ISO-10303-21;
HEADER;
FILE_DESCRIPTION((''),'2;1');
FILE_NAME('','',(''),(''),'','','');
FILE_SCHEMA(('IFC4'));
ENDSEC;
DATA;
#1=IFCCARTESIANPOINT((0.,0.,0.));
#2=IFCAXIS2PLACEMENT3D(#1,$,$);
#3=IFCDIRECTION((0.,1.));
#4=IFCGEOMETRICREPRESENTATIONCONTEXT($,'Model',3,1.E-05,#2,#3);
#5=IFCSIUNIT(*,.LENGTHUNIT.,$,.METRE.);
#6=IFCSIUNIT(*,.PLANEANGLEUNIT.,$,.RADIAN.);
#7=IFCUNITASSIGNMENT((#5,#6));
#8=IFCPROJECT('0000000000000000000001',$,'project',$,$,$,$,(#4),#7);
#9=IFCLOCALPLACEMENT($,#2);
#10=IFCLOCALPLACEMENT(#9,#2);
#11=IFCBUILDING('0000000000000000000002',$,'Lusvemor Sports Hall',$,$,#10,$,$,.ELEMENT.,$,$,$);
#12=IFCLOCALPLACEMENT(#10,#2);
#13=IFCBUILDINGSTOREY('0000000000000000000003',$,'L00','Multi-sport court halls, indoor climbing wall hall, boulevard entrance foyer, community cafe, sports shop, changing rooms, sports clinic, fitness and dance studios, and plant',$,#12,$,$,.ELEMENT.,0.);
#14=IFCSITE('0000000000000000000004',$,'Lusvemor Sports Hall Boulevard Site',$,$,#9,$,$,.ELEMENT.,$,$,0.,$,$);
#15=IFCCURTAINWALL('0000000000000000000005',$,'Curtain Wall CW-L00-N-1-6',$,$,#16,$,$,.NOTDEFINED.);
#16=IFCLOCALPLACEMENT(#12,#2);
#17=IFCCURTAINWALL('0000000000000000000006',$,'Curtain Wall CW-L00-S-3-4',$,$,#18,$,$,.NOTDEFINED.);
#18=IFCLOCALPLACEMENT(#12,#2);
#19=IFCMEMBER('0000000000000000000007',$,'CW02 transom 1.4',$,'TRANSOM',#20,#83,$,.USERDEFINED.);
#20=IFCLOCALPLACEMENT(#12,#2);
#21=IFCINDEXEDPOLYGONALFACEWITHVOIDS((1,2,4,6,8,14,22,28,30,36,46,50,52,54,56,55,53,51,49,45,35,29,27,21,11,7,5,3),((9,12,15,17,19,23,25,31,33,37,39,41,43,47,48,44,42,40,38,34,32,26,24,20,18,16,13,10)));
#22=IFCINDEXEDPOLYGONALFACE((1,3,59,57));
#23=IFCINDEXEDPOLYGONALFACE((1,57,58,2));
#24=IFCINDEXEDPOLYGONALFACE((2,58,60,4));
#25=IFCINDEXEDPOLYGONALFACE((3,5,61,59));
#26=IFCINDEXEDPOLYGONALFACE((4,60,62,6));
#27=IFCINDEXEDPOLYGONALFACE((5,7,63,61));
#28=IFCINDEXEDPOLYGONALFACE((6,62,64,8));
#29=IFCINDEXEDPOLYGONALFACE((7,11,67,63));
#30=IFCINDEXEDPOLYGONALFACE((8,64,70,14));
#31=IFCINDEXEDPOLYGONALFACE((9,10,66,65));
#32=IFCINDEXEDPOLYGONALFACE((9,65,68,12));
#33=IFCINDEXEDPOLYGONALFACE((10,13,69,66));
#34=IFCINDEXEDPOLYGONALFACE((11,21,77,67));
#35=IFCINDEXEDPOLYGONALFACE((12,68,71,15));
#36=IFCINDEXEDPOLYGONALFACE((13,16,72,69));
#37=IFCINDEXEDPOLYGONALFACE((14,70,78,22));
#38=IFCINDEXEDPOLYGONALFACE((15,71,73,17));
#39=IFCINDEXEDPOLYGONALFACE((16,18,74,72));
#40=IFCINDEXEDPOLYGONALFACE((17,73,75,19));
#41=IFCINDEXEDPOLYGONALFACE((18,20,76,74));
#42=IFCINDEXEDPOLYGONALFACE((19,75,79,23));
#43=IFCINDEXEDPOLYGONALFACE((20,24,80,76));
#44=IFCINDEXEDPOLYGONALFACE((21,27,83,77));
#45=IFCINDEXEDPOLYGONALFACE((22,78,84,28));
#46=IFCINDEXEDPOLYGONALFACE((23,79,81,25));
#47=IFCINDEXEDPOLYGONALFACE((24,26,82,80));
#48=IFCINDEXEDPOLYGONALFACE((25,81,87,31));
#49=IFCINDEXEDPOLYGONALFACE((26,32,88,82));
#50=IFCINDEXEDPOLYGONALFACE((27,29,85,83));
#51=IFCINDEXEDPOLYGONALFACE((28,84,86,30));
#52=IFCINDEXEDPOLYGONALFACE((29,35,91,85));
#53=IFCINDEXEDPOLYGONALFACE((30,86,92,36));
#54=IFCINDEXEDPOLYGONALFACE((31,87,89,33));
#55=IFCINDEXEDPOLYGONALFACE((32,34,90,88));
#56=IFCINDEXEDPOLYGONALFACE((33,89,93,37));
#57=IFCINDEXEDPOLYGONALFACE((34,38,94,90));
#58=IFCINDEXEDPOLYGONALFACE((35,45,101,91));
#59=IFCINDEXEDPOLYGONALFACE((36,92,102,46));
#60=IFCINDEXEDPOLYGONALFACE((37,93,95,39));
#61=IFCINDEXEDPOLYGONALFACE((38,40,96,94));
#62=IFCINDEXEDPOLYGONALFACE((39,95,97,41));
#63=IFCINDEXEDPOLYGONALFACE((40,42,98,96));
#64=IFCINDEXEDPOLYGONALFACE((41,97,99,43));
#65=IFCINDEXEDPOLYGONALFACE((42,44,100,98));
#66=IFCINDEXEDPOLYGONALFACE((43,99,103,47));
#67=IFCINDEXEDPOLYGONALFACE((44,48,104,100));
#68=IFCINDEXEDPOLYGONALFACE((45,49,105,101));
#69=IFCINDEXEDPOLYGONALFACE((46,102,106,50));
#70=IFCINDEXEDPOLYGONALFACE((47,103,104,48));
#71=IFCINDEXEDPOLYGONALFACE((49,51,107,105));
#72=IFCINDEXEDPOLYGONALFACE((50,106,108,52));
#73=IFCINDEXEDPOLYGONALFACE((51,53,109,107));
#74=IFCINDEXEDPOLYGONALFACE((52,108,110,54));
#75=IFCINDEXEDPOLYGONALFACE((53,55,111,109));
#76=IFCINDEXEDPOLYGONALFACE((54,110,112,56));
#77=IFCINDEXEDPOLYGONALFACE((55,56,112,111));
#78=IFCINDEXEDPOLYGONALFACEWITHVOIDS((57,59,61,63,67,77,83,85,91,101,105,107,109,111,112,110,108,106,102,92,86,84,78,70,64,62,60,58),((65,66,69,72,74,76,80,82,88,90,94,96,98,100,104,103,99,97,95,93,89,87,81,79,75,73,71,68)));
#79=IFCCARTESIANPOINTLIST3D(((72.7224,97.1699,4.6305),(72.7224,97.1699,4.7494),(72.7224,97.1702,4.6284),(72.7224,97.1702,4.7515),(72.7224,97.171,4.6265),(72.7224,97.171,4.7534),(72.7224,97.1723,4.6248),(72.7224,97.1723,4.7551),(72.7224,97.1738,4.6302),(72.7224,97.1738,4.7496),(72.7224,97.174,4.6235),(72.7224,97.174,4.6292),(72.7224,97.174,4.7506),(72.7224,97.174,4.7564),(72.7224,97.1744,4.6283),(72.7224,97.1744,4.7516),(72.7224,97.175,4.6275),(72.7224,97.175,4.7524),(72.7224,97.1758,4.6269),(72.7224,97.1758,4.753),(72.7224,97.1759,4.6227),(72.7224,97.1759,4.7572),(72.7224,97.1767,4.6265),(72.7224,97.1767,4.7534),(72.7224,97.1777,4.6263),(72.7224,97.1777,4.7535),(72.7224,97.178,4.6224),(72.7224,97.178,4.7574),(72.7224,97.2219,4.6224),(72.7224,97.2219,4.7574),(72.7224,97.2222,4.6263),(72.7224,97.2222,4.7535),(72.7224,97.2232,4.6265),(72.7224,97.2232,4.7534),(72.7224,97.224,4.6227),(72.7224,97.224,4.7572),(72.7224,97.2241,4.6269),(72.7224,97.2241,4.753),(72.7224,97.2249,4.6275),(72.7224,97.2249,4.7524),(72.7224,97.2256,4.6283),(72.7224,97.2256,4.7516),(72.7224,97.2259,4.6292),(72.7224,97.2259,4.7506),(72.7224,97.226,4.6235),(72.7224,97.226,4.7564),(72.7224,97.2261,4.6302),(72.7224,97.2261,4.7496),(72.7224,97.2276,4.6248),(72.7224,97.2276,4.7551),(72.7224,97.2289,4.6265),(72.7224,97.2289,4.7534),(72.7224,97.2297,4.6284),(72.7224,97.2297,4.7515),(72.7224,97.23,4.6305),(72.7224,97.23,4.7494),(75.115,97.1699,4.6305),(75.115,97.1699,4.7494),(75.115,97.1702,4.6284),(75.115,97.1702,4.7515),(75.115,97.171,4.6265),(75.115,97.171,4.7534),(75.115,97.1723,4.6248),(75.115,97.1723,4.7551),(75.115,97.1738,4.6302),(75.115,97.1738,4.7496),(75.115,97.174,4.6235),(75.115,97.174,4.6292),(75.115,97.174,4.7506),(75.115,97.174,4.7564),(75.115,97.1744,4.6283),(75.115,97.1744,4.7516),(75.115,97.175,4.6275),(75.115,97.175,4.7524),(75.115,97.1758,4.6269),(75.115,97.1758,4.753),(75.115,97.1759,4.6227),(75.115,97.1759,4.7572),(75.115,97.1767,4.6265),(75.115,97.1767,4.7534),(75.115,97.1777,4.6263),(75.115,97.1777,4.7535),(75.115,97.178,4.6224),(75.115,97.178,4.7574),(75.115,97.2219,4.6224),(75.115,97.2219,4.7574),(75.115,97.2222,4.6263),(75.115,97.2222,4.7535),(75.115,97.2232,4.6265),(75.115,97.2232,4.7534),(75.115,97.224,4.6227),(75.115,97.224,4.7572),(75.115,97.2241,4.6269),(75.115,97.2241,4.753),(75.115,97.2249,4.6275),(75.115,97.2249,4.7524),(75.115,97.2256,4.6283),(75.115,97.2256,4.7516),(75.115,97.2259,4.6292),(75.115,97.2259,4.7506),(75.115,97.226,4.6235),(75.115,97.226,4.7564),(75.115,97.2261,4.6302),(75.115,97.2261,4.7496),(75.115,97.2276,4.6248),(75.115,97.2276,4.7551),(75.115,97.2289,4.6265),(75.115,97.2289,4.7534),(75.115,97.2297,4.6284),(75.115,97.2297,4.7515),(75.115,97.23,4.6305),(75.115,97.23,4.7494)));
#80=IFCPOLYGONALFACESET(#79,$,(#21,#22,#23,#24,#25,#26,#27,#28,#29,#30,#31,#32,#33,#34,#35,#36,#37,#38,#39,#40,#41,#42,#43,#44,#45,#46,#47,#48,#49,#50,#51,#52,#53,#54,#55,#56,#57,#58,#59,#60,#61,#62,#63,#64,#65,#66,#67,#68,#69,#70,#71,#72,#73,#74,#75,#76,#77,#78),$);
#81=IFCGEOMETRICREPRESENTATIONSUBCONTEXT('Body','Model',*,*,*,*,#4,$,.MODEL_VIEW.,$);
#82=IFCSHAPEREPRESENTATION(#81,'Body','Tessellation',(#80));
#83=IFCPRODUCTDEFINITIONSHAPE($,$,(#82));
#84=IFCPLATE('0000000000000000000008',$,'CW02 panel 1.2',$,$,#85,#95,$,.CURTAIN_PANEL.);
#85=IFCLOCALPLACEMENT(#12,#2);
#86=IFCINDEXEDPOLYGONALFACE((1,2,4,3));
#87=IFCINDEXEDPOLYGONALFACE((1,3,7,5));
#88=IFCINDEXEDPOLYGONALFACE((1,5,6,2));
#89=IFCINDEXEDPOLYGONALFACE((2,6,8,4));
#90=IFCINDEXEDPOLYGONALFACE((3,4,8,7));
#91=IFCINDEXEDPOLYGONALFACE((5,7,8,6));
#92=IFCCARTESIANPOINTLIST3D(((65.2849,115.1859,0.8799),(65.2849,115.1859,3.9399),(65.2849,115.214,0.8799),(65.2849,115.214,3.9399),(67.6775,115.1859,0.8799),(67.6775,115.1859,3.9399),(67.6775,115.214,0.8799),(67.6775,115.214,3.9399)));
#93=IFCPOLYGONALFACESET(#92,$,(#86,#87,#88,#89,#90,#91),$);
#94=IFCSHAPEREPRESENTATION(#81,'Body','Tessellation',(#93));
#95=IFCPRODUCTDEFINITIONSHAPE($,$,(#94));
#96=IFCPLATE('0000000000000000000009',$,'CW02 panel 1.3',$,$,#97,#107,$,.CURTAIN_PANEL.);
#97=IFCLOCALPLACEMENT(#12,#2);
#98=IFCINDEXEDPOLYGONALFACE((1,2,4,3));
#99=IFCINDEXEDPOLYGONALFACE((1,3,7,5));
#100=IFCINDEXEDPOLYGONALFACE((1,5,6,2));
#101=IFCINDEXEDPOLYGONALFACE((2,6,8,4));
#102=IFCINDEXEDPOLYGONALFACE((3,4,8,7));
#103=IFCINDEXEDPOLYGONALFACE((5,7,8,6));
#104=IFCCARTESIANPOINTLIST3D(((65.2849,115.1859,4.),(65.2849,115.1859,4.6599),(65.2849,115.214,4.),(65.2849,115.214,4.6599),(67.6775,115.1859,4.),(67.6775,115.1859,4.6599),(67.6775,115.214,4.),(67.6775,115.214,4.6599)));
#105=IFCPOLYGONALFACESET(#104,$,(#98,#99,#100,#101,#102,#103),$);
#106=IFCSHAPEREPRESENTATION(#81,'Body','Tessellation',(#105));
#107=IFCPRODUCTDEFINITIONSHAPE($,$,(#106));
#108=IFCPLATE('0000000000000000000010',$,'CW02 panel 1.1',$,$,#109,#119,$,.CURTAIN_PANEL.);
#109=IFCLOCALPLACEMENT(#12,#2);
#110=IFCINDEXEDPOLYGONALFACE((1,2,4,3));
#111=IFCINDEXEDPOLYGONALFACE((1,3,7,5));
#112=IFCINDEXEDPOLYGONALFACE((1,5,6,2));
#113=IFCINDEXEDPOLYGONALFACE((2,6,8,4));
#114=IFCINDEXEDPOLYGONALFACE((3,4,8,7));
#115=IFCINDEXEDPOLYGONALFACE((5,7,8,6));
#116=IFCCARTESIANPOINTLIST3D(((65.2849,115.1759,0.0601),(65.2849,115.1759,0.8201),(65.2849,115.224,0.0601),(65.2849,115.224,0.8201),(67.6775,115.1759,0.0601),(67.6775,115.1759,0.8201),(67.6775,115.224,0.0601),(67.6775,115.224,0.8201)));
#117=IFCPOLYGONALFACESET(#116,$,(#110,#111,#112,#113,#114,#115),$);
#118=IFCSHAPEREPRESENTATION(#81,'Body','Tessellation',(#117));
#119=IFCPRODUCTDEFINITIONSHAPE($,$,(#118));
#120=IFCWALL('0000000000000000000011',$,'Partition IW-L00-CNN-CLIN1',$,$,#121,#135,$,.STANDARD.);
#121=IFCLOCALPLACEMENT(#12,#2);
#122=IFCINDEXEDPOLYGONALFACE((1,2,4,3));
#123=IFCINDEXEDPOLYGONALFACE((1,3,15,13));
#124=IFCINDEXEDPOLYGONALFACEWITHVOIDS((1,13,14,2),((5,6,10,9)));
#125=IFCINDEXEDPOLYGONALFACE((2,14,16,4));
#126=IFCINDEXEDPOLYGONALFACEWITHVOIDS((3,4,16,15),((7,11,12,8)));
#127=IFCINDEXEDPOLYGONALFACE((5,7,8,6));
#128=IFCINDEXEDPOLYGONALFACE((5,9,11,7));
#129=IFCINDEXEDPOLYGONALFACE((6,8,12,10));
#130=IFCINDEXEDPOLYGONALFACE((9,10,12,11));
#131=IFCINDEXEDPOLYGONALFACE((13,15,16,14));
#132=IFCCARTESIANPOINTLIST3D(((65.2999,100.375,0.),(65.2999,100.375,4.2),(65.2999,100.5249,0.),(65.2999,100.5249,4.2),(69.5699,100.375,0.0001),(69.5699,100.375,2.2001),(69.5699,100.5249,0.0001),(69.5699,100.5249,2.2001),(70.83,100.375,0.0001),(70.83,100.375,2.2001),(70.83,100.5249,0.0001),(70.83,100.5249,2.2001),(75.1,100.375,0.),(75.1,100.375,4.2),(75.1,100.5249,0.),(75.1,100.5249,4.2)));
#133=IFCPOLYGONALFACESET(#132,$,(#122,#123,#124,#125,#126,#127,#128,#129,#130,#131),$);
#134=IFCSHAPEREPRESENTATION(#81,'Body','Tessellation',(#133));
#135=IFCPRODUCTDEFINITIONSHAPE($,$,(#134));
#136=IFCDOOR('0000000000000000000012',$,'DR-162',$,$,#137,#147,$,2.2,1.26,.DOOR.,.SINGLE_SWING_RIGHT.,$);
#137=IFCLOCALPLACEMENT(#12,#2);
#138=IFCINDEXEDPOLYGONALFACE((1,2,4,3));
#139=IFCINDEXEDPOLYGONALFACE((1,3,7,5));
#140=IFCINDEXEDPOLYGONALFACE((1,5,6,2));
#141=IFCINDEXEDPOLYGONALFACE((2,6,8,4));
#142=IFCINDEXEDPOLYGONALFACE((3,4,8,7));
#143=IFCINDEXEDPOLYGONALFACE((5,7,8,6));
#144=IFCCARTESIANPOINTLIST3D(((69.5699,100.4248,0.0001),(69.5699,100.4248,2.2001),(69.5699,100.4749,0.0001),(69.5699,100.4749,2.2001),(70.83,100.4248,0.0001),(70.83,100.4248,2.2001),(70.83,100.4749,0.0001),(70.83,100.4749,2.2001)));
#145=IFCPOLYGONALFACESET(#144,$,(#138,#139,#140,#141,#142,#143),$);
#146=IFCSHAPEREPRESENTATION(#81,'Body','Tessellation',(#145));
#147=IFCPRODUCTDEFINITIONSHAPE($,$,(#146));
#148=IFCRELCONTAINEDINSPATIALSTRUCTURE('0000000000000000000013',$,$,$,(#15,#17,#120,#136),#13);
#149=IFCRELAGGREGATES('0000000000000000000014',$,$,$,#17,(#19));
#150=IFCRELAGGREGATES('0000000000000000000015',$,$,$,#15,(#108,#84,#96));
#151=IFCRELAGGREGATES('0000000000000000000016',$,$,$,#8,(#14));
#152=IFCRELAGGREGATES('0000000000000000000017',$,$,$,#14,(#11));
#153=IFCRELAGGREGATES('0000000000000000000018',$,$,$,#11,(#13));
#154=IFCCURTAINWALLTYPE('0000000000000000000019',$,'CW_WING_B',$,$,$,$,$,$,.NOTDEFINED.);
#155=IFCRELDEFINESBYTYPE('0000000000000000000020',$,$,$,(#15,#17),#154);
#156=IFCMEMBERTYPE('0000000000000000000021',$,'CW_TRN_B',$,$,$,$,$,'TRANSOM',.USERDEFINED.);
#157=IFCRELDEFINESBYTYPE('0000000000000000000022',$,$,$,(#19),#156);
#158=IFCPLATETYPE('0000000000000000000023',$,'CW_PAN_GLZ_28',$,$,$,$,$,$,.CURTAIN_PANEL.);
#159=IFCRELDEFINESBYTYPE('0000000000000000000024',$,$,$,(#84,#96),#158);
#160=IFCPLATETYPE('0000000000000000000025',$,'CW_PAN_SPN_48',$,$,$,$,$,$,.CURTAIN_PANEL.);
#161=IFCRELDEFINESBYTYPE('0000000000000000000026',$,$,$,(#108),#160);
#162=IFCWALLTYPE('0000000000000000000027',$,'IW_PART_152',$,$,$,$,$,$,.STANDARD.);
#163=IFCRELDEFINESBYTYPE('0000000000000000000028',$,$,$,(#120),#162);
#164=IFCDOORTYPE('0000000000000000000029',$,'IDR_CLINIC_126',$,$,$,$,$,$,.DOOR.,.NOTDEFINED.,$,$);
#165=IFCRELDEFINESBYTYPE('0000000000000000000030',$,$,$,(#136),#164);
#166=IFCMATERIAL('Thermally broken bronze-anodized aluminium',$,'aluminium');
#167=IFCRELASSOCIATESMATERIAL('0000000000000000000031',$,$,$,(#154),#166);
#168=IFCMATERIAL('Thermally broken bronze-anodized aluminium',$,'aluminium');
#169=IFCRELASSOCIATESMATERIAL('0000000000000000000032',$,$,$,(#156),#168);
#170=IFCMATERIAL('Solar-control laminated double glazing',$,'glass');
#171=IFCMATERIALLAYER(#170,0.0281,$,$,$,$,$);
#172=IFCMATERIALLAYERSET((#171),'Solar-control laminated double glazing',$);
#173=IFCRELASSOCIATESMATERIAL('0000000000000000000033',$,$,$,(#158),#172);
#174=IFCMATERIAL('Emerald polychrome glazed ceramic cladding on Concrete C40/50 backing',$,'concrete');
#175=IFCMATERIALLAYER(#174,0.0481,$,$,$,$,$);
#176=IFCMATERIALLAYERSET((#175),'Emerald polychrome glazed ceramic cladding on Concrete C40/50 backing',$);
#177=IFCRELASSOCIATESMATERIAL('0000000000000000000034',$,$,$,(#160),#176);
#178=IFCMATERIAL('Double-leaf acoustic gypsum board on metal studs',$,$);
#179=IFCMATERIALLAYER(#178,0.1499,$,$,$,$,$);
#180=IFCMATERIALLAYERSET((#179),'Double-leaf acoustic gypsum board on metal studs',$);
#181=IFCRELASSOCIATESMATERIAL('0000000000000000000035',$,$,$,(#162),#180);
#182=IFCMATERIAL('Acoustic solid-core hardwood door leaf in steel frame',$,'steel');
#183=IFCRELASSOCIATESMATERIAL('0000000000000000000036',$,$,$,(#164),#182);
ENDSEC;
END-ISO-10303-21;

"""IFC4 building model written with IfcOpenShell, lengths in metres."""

from ifc_helpers import new_model, si_unit, direction, frame, frame_2d, origin, origin_2d, place, context, subcontext, project, spatial, rectangle, hollow_rectangle, extrude, material, layer, layer_set, material_profile, profile_set, type_object, element, fill, aggregate, save


model = new_model("IFC4")

# Units and contexts
model_context = context("Model", 3, precision=1e-05, world=origin(), true_north=direction((0.0, 1.0)))
body_context = subcontext(model_context, "Body", "Model", "MODEL_VIEW")
ifc_project = project(units=[si_unit("LENGTHUNIT", "METRE"), si_unit("PLANEANGLEUNIT", "RADIAN")], contexts=[model_context])

# Site, building, storey
site_placement = place(None, origin())
site = spatial("IfcSite", under=ifc_project, at=site_placement, Name="Lusvemor Sports Hall Boulevard Site", CompositionType="ELEMENT", RefElevation=0.0)
building_placement = place(site_placement, origin())
building = spatial("IfcBuilding", under=site, at=building_placement, Name="Lusvemor Sports Hall", CompositionType="ELEMENT")
storey_placement = place(building_placement, origin())
storey = spatial("IfcBuildingStorey", under=building, at=storey_placement, Name="L00", Description="Multi-sport court halls, indoor climbing wall hall, boulevard entrance foyer, community cafe, sports shop, changing rooms, sports clinic, fitness and dance studios, and plant", CompositionType="ELEMENT", Elevation=0.0)

# Curtain wall
ifc_material_1 = material(Name="Thermally broken bronze-anodized aluminium", Category="aluminium")
curtain_wall_type = type_object("IfcCurtainWallType", Name="CW_WING_B", PredefinedType="NOTDEFINED", material=ifc_material_1)
curtain_wall_1_placement = place(storey_placement, origin())
curtain_wall_1 = element("IfcCurtainWall", 1, at=curtain_wall_1_placement, inside=storey, type_object=curtain_wall_type, Name="Curtain Wall CW-L00-N-1-6", PredefinedType="NOTDEFINED")

# Curtain wall
curtain_wall_2_placement = place(storey_placement, origin())
curtain_wall_2 = element("IfcCurtainWall", 2, at=curtain_wall_2_placement, inside=storey, type_object=curtain_wall_type, Name="Curtain Wall CW-L00-S-3-4", PredefinedType="NOTDEFINED")

# Member
ifc_material_2 = material(Name="Thermally broken bronze-anodized aluminium", Category="aluminium")
ifc_material_profile_1 = material_profile(ifc_material_2, hollow_rectangle(XDim=0.0601, YDim=0.135, WallThickness=0.0039, InnerFilletRadius=0.0039, OuterFilletRadius=0.0081, at=origin_2d()), Name="CWTRN135x60x4")
ifc_profile_set_1 = profile_set([ifc_material_profile_1], Name="Thermally broken bronze-anodized aluminium")
member_type_1 = type_object("IfcMemberType", Name="CW_TRN_B", ElementType="TRANSOM", PredefinedType="USERDEFINED", material=ifc_profile_set_1)
member_1_placement = place(storey_placement, frame((75.115, 97.2, 4.6899), z_axis=(-1.0, 0.0, 0.0), x_axis=(0.0, -1.0, 0.0)))
member_1 = element("IfcMember", 3, at=member_1_placement, type_object=member_type_1, Name="CW02 transom 1.4", ObjectType="TRANSOM", PredefinedType="USERDEFINED", context=body_context, shape_type="SweptSolid", body=[
    extrude(hollow_rectangle(XDim=0.0601, YDim=0.135, WallThickness=0.0039, InnerFilletRadius=0.0039, OuterFilletRadius=0.0081, at=origin_2d()), origin(), (0.0, 0.0, 1.0), 2.3926),
])
aggregate(curtain_wall_2, [member_1])

# Plates
ifc_material_3 = material(Name="Solar-control laminated double glazing", Category="glass")
ifc_layer_1 = layer(ifc_material_3, 0.0281)
ifc_layer_set_1 = layer_set([ifc_layer_1], Name="Solar-control laminated double glazing")
plate_type_1 = type_object("IfcPlateType", Name="CW_PAN_GLZ_28", PredefinedType="CURTAIN_PANEL", material=ifc_layer_set_1)
plate_1_placement = place(storey_placement, frame((66.4812, 115.2, 0.8799), z_axis=(0.0, 0.0, 1.0), x_axis=(1.0, 0.0, 0.0)))
plate_1 = element("IfcPlate", 4, at=plate_1_placement, type_object=plate_type_1, Name="CW02 panel 1.2", PredefinedType="CURTAIN_PANEL", context=body_context, shape_type="SweptSolid", body=[
    extrude(rectangle(XDim=2.3926, YDim=0.0281, at=origin_2d()), origin(), (0.0, 0.0, 1.0), 3.0601),
])
plate_2_placement = place(storey_placement, frame((66.4812, 115.2, 4.0), z_axis=(0.0, 0.0, 1.0), x_axis=(1.0, 0.0, 0.0)))
plate_2 = element("IfcPlate", 5, at=plate_2_placement, type_object=plate_type_1, Name="CW02 panel 1.3", PredefinedType="CURTAIN_PANEL", context=body_context, shape_type="SweptSolid", body=[
    extrude(rectangle(XDim=2.3926, YDim=0.0281, at=origin_2d()), origin(), (0.0, 0.0, 1.0), 0.6599),
])
ifc_material_4 = material(Name="Emerald polychrome glazed ceramic cladding on Concrete C40/50 backing", Category="concrete")
ifc_layer_2 = layer(ifc_material_4, 0.0481)
ifc_layer_set_2 = layer_set([ifc_layer_2], Name="Emerald polychrome glazed ceramic cladding on Concrete C40/50 backing")
plate_type_2 = type_object("IfcPlateType", Name="CW_PAN_SPN_48", PredefinedType="CURTAIN_PANEL", material=ifc_layer_set_2)
plate_3_placement = place(storey_placement, frame((66.4812, 115.2, 0.0601), z_axis=(0.0, 0.0, 1.0), x_axis=(1.0, 0.0, 0.0)))
plate_3 = element("IfcPlate", 6, at=plate_3_placement, type_object=plate_type_2, Name="CW02 panel 1.1", PredefinedType="CURTAIN_PANEL", context=body_context, shape_type="SweptSolid", body=[
    extrude(rectangle(XDim=2.3926, YDim=0.0481, at=origin_2d()), origin(), (0.0, 0.0, 1.0), 0.76),
])
aggregate(curtain_wall_1, [plate_3, plate_1, plate_2])

# Wall, opening, door
ifc_material_5 = material(Name="Double-leaf acoustic gypsum board on metal studs")
ifc_layer_3 = layer(ifc_material_5, 0.1499)
ifc_layer_set_3 = layer_set([ifc_layer_3], Name="Double-leaf acoustic gypsum board on metal studs")
wall_type = type_object("IfcWallType", Name="IW_PART_152", PredefinedType="STANDARD", material=ifc_layer_set_3)
wall_placement = place(storey_placement, frame((65.3, 100.45, 0.0), z_axis=(0.0, 0.0, 1.0), x_axis=(1.0, 0.0, 0.0)))
wall = element("IfcWall", 7, at=wall_placement, inside=storey, type_object=wall_type, Name="Partition IW-L00-CNN-CLIN1", PredefinedType="STANDARD", context=body_context, shape_type="SweptSolid", body=[
    extrude(rectangle(XDim=9.8, YDim=0.1499, at=frame_2d((4.8999, 0.0))), origin(), (0.0, 0.0, 1.0), 4.2),
])
opening_placement = place(wall_placement, frame((4.27, 0.0, 0.0)))
opening = element("IfcOpeningElement", 8, at=opening_placement, cuts=wall, PredefinedType="OPENING", context=body_context, shape_type="SweptSolid", body=[
    extrude(rectangle(XDim=1.26, YDim=2.2, at=frame_2d((0.6299, 1.1001))), frame((0.0, 0.075, 0.0), z_axis=(0.0, -1.0, 0.0), x_axis=(1.0, 0.0, 0.0)), (0.0, 0.0, 1.0), 0.1499),
])
ifc_material_6 = material(Name="Acoustic solid-core hardwood door leaf in steel frame", Category="steel")
door_type = type_object("IfcDoorType", Name="IDR_CLINIC_126", OperationType="NOTDEFINED", PredefinedType="DOOR", material=ifc_material_6)
door_placement = place(opening_placement, origin())
door = element("IfcDoor", 9, at=door_placement, inside=storey, type_object=door_type, Name="DR-162", OperationType="SINGLE_SWING_RIGHT", OverallHeight=2.2, OverallWidth=1.26, PredefinedType="DOOR", context=body_context, shape_type="SweptSolid", body=[
    extrude(rectangle(XDim=1.26, YDim=2.2, at=frame_2d((0.6299, 1.1001))), frame((0.0, 0.0249, 0.0), z_axis=(0.0, -1.0, 0.0), x_axis=(1.0, 0.0, 0.0)), (0.0, 0.0, 1.0), 0.05),
])
fill(opening, door)

save(model, "model.ifc")
